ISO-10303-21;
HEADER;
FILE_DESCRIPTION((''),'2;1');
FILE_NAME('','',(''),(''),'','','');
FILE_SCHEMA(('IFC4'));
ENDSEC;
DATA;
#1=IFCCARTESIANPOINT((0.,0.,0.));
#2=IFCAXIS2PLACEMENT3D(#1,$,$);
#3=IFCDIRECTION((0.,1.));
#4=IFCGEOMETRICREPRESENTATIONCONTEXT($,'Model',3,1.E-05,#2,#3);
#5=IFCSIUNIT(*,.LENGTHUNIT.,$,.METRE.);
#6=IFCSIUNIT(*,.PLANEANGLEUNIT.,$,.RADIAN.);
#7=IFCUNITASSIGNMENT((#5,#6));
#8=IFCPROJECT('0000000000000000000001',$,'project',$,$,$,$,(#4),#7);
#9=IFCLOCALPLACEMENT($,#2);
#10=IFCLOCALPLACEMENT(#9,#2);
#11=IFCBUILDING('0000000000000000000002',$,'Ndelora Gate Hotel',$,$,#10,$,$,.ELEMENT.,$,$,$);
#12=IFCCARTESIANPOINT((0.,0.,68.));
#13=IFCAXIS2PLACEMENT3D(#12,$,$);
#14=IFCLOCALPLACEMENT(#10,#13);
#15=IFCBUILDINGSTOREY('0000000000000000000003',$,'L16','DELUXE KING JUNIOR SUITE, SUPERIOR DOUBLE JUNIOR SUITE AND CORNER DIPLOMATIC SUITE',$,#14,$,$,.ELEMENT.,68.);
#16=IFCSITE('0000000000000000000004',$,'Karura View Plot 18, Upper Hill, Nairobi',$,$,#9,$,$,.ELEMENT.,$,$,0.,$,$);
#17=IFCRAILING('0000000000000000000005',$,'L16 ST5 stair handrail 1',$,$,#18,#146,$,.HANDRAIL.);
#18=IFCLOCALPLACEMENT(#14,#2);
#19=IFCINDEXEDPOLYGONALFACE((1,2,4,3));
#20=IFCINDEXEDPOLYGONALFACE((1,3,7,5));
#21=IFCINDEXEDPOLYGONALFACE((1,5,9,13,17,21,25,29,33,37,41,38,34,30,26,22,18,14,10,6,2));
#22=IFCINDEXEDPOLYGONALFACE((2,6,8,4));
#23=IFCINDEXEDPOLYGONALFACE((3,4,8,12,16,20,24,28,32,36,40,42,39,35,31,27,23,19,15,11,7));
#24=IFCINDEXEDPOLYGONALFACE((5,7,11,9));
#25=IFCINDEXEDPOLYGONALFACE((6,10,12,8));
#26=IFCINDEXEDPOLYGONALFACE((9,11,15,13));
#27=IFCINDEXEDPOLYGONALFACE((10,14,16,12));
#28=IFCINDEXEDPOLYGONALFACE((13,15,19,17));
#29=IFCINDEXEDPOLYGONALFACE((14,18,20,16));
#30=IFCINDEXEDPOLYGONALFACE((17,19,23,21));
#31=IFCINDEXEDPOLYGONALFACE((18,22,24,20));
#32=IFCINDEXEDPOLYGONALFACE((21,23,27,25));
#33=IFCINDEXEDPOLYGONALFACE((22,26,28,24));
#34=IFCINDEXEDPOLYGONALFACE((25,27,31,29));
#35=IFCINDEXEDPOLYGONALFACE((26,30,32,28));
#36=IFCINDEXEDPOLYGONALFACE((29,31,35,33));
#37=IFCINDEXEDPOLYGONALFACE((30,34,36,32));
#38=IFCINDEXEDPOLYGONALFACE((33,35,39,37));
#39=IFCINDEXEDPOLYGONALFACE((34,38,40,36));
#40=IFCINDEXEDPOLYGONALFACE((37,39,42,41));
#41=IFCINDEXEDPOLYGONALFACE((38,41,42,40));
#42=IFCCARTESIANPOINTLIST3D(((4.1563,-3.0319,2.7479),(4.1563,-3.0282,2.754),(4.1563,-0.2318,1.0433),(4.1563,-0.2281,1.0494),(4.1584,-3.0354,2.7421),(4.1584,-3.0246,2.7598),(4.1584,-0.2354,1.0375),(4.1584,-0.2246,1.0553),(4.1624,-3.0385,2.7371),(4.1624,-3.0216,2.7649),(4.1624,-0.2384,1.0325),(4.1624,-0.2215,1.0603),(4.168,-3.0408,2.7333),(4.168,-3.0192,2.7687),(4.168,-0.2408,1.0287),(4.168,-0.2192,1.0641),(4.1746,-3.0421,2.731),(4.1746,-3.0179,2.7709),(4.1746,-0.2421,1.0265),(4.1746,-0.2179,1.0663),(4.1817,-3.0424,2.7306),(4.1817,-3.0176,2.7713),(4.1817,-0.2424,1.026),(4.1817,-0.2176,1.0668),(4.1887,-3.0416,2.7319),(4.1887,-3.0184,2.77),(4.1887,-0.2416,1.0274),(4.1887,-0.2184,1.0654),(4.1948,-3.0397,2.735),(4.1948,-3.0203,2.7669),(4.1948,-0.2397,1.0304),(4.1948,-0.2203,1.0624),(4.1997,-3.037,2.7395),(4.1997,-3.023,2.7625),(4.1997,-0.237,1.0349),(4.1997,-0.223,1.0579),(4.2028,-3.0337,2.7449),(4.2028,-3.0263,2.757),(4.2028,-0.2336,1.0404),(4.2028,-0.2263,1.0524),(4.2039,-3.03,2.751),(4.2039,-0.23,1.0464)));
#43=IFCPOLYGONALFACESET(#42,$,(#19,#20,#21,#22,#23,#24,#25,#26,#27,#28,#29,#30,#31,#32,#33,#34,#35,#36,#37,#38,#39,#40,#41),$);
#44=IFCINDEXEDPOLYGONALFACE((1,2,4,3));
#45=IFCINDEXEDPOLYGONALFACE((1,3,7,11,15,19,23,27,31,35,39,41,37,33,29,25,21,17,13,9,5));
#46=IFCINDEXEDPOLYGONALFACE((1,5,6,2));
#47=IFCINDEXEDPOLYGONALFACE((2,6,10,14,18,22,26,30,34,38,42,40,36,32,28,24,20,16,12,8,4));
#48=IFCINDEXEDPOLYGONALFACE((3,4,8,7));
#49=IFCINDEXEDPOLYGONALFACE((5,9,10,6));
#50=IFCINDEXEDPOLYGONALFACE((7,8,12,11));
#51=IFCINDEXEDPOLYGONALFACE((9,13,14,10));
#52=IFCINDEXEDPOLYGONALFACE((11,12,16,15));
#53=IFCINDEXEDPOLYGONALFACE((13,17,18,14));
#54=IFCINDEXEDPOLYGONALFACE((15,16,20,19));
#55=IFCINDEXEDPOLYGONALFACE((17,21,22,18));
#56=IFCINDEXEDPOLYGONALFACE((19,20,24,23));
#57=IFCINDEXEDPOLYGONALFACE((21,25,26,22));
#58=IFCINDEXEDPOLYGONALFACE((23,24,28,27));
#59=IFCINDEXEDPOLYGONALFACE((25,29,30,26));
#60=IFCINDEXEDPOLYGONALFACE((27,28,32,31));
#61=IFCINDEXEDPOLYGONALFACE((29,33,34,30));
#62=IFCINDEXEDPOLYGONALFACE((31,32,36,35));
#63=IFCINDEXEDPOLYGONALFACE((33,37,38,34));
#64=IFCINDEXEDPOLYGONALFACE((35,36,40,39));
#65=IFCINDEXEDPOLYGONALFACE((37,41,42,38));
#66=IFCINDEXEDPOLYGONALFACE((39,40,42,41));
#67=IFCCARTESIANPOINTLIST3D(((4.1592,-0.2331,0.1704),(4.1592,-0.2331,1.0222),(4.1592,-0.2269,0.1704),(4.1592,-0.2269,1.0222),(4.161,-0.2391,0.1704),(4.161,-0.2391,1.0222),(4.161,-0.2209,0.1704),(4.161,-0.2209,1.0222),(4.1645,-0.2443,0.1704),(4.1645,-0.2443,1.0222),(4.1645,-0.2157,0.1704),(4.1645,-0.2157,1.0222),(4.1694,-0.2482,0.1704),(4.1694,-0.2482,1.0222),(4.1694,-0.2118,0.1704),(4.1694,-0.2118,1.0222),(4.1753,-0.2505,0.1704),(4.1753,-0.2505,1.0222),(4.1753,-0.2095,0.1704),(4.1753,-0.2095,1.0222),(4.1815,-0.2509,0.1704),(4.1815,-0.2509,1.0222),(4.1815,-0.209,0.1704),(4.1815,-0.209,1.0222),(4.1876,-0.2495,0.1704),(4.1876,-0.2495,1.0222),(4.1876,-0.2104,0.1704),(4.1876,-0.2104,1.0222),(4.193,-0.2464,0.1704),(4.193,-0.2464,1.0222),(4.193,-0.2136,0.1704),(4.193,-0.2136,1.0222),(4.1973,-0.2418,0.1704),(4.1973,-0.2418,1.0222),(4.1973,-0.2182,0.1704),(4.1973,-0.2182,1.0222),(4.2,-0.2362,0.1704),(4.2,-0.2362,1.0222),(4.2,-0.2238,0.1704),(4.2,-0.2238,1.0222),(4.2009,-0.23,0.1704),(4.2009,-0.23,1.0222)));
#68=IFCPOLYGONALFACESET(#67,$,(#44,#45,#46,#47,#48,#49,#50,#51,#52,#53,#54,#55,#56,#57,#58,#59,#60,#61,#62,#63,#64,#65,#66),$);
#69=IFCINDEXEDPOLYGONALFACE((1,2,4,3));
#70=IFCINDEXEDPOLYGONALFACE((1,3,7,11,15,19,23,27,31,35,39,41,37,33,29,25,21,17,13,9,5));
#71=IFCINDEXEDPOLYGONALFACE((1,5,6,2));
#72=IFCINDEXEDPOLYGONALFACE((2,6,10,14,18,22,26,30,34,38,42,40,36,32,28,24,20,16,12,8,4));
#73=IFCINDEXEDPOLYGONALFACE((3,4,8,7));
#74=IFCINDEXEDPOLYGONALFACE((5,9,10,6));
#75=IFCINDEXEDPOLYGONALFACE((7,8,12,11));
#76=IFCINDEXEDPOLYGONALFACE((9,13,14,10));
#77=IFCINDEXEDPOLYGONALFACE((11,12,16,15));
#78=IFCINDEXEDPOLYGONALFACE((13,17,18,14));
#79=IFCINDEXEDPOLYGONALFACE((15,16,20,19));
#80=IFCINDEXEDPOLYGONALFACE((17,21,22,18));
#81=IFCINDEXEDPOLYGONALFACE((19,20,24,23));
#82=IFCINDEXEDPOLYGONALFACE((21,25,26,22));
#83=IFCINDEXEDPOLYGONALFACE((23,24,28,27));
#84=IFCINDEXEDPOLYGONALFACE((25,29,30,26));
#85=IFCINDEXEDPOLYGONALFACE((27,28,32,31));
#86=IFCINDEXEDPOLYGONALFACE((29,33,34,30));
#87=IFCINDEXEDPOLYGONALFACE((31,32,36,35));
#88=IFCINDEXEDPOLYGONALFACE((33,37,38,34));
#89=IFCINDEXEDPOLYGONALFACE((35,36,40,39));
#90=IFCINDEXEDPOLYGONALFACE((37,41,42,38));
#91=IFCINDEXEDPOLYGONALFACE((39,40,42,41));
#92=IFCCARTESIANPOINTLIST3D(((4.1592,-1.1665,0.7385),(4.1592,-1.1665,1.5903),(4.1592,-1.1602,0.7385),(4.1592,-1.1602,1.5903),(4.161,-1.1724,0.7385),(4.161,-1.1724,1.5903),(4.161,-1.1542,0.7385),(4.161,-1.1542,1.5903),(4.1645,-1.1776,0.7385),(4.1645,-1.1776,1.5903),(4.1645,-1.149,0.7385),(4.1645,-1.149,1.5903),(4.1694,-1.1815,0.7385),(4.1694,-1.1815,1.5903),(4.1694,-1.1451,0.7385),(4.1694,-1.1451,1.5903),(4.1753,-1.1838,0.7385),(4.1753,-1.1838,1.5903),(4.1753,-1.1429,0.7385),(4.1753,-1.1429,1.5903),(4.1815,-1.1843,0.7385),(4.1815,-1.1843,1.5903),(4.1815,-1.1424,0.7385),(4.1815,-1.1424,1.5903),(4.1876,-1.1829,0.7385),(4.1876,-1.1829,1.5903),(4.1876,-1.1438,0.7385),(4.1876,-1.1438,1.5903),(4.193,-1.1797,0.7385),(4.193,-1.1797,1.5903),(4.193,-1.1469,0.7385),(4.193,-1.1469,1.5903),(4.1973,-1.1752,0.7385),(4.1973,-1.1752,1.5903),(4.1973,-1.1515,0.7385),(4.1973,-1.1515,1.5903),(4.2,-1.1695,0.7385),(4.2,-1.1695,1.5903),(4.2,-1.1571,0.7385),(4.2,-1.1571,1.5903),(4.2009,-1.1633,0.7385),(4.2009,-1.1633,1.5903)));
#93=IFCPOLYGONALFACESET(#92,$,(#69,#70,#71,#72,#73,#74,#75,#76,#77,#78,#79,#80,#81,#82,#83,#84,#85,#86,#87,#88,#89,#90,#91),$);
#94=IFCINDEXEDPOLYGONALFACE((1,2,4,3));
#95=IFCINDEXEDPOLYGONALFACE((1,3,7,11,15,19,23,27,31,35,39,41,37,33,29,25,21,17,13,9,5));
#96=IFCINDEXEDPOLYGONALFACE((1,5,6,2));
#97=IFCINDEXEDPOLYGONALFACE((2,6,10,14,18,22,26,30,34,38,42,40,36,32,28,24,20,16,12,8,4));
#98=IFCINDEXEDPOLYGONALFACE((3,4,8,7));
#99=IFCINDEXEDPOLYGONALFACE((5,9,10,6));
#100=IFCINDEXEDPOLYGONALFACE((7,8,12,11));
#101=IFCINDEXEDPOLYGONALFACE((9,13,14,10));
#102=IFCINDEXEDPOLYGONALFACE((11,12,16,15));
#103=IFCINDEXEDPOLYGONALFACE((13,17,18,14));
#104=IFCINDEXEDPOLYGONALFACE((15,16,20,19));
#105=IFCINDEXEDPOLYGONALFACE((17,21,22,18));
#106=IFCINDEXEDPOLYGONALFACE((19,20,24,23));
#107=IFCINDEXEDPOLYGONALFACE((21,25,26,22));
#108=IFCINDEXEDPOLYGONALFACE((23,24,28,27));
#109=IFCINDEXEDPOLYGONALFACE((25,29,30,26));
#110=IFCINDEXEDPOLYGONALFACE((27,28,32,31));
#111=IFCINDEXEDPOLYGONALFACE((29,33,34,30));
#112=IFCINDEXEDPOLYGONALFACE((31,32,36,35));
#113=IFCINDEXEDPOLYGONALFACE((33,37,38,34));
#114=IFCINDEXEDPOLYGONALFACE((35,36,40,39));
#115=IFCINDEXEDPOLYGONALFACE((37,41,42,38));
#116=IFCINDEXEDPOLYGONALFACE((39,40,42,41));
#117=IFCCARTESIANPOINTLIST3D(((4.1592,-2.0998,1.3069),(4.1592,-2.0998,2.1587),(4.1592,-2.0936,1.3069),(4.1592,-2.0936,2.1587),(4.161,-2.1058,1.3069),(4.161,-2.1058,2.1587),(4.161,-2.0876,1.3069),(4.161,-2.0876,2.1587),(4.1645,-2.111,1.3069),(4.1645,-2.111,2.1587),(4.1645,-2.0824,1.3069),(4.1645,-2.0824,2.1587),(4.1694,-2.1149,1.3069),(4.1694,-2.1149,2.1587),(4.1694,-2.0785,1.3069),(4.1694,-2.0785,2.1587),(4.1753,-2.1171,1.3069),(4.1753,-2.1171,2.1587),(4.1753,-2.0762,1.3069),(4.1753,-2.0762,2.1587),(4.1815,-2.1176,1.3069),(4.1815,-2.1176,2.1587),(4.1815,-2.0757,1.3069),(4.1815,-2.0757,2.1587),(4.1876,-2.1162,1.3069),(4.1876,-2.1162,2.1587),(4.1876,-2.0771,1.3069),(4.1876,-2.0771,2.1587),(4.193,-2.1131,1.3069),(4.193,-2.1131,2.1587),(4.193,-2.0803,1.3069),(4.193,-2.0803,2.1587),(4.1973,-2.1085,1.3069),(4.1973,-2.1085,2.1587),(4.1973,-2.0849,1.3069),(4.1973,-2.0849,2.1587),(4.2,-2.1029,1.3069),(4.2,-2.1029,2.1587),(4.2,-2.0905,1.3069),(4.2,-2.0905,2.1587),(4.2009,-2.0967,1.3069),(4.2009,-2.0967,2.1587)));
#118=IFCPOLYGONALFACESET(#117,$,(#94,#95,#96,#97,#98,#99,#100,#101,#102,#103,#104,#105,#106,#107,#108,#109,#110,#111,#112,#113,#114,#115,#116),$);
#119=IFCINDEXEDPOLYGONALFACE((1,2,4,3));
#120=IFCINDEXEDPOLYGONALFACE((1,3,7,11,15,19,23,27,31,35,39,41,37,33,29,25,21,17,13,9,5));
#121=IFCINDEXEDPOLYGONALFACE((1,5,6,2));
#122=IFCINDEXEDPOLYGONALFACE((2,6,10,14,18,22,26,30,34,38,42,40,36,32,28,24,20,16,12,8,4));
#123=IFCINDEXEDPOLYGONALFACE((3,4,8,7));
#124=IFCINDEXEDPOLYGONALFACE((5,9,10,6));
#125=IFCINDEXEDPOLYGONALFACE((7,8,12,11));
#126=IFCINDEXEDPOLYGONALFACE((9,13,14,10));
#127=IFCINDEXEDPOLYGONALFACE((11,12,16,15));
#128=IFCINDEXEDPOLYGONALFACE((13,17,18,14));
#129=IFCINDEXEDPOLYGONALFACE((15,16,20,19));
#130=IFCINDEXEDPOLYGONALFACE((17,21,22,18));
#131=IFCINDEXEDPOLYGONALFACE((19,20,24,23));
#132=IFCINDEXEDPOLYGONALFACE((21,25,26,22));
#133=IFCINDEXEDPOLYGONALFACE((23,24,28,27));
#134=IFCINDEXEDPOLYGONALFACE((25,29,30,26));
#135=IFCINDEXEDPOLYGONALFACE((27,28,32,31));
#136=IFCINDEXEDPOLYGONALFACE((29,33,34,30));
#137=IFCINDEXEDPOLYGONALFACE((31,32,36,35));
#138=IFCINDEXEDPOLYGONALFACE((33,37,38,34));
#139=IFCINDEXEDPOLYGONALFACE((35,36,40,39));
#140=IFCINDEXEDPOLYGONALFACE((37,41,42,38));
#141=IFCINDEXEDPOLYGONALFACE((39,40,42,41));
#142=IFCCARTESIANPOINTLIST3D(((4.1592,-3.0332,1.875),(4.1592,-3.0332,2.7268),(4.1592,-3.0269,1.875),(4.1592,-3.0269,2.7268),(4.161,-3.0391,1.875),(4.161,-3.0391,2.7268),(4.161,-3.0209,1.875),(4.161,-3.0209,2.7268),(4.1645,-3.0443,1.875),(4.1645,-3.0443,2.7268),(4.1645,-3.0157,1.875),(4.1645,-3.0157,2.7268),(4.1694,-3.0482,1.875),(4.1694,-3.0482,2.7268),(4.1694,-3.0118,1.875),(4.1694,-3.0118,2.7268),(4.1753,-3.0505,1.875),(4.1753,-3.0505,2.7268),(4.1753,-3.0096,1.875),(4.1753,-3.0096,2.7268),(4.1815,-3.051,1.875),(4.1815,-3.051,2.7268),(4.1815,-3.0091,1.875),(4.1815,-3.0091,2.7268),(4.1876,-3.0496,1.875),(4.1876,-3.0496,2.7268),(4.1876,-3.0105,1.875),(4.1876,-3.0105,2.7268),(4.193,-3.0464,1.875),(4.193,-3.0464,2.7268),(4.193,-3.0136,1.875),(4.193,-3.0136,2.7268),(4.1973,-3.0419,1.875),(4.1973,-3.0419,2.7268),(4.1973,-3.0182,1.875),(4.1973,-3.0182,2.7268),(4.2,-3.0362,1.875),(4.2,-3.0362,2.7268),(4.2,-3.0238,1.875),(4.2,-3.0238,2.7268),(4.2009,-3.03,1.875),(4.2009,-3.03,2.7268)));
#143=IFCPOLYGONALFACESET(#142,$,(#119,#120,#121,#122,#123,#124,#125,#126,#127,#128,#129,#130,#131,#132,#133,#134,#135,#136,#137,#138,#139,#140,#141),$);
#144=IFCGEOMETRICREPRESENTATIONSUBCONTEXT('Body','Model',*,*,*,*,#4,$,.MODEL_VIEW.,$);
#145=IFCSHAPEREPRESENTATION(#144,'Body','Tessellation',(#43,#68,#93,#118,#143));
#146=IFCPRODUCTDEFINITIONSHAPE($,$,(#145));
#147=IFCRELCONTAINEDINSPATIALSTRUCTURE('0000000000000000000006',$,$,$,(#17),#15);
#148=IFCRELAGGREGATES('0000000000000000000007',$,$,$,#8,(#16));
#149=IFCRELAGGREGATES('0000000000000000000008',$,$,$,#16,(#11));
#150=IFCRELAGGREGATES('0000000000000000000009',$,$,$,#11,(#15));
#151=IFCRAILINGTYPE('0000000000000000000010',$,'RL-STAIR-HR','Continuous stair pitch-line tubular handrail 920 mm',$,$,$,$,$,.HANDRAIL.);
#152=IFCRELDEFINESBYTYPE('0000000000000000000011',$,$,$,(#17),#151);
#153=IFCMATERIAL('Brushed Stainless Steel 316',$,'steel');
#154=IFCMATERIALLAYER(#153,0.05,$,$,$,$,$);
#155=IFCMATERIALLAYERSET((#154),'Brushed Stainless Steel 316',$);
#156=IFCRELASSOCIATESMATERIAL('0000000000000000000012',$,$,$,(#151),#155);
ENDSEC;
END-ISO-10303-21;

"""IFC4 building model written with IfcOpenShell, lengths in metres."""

from ifc_helpers import new_model, si_unit, direction, frame, origin, origin_2d, place, context, subcontext, project, spatial, circle, extrude, material, layer, layer_set, type_object, element, save


model = new_model("IFC4")

# Units and contexts
model_context = context("Model", 3, precision=1e-05, world=origin(), true_north=direction((0.0, 1.0)))
body_context = subcontext(model_context, "Body", "Model", "MODEL_VIEW")
ifc_project = project(units=[si_unit("LENGTHUNIT", "METRE"), si_unit("PLANEANGLEUNIT", "RADIAN")], contexts=[model_context])

# Site, building, storey
site_placement = place(None, origin())
site = spatial("IfcSite", under=ifc_project, at=site_placement, Name="Karura View Plot 18, Upper Hill, Nairobi", CompositionType="ELEMENT", RefElevation=0.0)
building_placement = place(site_placement, origin())
building = spatial("IfcBuilding", under=site, at=building_placement, Name="Ndelora Gate Hotel", CompositionType="ELEMENT")
storey_placement = place(building_placement, frame((0.0, 0.0, 68.0)))
storey = spatial("IfcBuildingStorey", under=building, at=storey_placement, Name="L16", Description="DELUXE KING JUNIOR SUITE, SUPERIOR DOUBLE JUNIOR SUITE AND CORNER DIPLOMATIC SUITE", CompositionType="ELEMENT", Elevation=68.0)

# Railing
ifc_material_1 = material(Name="Brushed Stainless Steel 316", Category="steel")
ifc_layer_1 = layer(ifc_material_1, 0.05)
ifc_layer_set_1 = layer_set([ifc_layer_1], Name="Brushed Stainless Steel 316")
railing_type_1 = type_object("IfcRailingType", Name="RL-STAIR-HR", Description="Continuous stair pitch-line tubular handrail 920 mm", PredefinedType="HANDRAIL", material=ifc_layer_set_1)
railing_1_placement = place(storey_placement, frame((4.1799, -0.23, 0.1704)))
element("IfcRailing", 1, at=railing_1_placement, inside=storey, type_object=railing_type_1, Name="L16 ST5 stair handrail 1", PredefinedType="HANDRAIL", context=body_context, shape_type="SweptSolid", body=[
    extrude(circle(Radius=0.0239, at=origin_2d()), frame((0.0, 0.0, 0.876), z_axis=(0.0, -0.85417, 0.519994), x_axis=(1.0, 0.0, 0.0)), (0.0, 0.0, 1.0), 3.2781),
    extrude(circle(Radius=0.021, at=origin_2d()), origin(), (0.0, 0.0, 1.0), 0.8518),
    extrude(circle(Radius=0.021, at=origin_2d()), frame((0.0, -0.9333, 0.5681)), (0.0, 0.0, 1.0), 0.8518),
    extrude(circle(Radius=0.021, at=origin_2d()), frame((0.0, -1.8667, 1.1365)), (0.0, 0.0, 1.0), 0.8518),
    extrude(circle(Radius=0.021, at=origin_2d()), frame((0.0, -2.8, 1.7046)), (0.0, 0.0, 1.0), 0.8518),
])

save(model, "model.ifc")
